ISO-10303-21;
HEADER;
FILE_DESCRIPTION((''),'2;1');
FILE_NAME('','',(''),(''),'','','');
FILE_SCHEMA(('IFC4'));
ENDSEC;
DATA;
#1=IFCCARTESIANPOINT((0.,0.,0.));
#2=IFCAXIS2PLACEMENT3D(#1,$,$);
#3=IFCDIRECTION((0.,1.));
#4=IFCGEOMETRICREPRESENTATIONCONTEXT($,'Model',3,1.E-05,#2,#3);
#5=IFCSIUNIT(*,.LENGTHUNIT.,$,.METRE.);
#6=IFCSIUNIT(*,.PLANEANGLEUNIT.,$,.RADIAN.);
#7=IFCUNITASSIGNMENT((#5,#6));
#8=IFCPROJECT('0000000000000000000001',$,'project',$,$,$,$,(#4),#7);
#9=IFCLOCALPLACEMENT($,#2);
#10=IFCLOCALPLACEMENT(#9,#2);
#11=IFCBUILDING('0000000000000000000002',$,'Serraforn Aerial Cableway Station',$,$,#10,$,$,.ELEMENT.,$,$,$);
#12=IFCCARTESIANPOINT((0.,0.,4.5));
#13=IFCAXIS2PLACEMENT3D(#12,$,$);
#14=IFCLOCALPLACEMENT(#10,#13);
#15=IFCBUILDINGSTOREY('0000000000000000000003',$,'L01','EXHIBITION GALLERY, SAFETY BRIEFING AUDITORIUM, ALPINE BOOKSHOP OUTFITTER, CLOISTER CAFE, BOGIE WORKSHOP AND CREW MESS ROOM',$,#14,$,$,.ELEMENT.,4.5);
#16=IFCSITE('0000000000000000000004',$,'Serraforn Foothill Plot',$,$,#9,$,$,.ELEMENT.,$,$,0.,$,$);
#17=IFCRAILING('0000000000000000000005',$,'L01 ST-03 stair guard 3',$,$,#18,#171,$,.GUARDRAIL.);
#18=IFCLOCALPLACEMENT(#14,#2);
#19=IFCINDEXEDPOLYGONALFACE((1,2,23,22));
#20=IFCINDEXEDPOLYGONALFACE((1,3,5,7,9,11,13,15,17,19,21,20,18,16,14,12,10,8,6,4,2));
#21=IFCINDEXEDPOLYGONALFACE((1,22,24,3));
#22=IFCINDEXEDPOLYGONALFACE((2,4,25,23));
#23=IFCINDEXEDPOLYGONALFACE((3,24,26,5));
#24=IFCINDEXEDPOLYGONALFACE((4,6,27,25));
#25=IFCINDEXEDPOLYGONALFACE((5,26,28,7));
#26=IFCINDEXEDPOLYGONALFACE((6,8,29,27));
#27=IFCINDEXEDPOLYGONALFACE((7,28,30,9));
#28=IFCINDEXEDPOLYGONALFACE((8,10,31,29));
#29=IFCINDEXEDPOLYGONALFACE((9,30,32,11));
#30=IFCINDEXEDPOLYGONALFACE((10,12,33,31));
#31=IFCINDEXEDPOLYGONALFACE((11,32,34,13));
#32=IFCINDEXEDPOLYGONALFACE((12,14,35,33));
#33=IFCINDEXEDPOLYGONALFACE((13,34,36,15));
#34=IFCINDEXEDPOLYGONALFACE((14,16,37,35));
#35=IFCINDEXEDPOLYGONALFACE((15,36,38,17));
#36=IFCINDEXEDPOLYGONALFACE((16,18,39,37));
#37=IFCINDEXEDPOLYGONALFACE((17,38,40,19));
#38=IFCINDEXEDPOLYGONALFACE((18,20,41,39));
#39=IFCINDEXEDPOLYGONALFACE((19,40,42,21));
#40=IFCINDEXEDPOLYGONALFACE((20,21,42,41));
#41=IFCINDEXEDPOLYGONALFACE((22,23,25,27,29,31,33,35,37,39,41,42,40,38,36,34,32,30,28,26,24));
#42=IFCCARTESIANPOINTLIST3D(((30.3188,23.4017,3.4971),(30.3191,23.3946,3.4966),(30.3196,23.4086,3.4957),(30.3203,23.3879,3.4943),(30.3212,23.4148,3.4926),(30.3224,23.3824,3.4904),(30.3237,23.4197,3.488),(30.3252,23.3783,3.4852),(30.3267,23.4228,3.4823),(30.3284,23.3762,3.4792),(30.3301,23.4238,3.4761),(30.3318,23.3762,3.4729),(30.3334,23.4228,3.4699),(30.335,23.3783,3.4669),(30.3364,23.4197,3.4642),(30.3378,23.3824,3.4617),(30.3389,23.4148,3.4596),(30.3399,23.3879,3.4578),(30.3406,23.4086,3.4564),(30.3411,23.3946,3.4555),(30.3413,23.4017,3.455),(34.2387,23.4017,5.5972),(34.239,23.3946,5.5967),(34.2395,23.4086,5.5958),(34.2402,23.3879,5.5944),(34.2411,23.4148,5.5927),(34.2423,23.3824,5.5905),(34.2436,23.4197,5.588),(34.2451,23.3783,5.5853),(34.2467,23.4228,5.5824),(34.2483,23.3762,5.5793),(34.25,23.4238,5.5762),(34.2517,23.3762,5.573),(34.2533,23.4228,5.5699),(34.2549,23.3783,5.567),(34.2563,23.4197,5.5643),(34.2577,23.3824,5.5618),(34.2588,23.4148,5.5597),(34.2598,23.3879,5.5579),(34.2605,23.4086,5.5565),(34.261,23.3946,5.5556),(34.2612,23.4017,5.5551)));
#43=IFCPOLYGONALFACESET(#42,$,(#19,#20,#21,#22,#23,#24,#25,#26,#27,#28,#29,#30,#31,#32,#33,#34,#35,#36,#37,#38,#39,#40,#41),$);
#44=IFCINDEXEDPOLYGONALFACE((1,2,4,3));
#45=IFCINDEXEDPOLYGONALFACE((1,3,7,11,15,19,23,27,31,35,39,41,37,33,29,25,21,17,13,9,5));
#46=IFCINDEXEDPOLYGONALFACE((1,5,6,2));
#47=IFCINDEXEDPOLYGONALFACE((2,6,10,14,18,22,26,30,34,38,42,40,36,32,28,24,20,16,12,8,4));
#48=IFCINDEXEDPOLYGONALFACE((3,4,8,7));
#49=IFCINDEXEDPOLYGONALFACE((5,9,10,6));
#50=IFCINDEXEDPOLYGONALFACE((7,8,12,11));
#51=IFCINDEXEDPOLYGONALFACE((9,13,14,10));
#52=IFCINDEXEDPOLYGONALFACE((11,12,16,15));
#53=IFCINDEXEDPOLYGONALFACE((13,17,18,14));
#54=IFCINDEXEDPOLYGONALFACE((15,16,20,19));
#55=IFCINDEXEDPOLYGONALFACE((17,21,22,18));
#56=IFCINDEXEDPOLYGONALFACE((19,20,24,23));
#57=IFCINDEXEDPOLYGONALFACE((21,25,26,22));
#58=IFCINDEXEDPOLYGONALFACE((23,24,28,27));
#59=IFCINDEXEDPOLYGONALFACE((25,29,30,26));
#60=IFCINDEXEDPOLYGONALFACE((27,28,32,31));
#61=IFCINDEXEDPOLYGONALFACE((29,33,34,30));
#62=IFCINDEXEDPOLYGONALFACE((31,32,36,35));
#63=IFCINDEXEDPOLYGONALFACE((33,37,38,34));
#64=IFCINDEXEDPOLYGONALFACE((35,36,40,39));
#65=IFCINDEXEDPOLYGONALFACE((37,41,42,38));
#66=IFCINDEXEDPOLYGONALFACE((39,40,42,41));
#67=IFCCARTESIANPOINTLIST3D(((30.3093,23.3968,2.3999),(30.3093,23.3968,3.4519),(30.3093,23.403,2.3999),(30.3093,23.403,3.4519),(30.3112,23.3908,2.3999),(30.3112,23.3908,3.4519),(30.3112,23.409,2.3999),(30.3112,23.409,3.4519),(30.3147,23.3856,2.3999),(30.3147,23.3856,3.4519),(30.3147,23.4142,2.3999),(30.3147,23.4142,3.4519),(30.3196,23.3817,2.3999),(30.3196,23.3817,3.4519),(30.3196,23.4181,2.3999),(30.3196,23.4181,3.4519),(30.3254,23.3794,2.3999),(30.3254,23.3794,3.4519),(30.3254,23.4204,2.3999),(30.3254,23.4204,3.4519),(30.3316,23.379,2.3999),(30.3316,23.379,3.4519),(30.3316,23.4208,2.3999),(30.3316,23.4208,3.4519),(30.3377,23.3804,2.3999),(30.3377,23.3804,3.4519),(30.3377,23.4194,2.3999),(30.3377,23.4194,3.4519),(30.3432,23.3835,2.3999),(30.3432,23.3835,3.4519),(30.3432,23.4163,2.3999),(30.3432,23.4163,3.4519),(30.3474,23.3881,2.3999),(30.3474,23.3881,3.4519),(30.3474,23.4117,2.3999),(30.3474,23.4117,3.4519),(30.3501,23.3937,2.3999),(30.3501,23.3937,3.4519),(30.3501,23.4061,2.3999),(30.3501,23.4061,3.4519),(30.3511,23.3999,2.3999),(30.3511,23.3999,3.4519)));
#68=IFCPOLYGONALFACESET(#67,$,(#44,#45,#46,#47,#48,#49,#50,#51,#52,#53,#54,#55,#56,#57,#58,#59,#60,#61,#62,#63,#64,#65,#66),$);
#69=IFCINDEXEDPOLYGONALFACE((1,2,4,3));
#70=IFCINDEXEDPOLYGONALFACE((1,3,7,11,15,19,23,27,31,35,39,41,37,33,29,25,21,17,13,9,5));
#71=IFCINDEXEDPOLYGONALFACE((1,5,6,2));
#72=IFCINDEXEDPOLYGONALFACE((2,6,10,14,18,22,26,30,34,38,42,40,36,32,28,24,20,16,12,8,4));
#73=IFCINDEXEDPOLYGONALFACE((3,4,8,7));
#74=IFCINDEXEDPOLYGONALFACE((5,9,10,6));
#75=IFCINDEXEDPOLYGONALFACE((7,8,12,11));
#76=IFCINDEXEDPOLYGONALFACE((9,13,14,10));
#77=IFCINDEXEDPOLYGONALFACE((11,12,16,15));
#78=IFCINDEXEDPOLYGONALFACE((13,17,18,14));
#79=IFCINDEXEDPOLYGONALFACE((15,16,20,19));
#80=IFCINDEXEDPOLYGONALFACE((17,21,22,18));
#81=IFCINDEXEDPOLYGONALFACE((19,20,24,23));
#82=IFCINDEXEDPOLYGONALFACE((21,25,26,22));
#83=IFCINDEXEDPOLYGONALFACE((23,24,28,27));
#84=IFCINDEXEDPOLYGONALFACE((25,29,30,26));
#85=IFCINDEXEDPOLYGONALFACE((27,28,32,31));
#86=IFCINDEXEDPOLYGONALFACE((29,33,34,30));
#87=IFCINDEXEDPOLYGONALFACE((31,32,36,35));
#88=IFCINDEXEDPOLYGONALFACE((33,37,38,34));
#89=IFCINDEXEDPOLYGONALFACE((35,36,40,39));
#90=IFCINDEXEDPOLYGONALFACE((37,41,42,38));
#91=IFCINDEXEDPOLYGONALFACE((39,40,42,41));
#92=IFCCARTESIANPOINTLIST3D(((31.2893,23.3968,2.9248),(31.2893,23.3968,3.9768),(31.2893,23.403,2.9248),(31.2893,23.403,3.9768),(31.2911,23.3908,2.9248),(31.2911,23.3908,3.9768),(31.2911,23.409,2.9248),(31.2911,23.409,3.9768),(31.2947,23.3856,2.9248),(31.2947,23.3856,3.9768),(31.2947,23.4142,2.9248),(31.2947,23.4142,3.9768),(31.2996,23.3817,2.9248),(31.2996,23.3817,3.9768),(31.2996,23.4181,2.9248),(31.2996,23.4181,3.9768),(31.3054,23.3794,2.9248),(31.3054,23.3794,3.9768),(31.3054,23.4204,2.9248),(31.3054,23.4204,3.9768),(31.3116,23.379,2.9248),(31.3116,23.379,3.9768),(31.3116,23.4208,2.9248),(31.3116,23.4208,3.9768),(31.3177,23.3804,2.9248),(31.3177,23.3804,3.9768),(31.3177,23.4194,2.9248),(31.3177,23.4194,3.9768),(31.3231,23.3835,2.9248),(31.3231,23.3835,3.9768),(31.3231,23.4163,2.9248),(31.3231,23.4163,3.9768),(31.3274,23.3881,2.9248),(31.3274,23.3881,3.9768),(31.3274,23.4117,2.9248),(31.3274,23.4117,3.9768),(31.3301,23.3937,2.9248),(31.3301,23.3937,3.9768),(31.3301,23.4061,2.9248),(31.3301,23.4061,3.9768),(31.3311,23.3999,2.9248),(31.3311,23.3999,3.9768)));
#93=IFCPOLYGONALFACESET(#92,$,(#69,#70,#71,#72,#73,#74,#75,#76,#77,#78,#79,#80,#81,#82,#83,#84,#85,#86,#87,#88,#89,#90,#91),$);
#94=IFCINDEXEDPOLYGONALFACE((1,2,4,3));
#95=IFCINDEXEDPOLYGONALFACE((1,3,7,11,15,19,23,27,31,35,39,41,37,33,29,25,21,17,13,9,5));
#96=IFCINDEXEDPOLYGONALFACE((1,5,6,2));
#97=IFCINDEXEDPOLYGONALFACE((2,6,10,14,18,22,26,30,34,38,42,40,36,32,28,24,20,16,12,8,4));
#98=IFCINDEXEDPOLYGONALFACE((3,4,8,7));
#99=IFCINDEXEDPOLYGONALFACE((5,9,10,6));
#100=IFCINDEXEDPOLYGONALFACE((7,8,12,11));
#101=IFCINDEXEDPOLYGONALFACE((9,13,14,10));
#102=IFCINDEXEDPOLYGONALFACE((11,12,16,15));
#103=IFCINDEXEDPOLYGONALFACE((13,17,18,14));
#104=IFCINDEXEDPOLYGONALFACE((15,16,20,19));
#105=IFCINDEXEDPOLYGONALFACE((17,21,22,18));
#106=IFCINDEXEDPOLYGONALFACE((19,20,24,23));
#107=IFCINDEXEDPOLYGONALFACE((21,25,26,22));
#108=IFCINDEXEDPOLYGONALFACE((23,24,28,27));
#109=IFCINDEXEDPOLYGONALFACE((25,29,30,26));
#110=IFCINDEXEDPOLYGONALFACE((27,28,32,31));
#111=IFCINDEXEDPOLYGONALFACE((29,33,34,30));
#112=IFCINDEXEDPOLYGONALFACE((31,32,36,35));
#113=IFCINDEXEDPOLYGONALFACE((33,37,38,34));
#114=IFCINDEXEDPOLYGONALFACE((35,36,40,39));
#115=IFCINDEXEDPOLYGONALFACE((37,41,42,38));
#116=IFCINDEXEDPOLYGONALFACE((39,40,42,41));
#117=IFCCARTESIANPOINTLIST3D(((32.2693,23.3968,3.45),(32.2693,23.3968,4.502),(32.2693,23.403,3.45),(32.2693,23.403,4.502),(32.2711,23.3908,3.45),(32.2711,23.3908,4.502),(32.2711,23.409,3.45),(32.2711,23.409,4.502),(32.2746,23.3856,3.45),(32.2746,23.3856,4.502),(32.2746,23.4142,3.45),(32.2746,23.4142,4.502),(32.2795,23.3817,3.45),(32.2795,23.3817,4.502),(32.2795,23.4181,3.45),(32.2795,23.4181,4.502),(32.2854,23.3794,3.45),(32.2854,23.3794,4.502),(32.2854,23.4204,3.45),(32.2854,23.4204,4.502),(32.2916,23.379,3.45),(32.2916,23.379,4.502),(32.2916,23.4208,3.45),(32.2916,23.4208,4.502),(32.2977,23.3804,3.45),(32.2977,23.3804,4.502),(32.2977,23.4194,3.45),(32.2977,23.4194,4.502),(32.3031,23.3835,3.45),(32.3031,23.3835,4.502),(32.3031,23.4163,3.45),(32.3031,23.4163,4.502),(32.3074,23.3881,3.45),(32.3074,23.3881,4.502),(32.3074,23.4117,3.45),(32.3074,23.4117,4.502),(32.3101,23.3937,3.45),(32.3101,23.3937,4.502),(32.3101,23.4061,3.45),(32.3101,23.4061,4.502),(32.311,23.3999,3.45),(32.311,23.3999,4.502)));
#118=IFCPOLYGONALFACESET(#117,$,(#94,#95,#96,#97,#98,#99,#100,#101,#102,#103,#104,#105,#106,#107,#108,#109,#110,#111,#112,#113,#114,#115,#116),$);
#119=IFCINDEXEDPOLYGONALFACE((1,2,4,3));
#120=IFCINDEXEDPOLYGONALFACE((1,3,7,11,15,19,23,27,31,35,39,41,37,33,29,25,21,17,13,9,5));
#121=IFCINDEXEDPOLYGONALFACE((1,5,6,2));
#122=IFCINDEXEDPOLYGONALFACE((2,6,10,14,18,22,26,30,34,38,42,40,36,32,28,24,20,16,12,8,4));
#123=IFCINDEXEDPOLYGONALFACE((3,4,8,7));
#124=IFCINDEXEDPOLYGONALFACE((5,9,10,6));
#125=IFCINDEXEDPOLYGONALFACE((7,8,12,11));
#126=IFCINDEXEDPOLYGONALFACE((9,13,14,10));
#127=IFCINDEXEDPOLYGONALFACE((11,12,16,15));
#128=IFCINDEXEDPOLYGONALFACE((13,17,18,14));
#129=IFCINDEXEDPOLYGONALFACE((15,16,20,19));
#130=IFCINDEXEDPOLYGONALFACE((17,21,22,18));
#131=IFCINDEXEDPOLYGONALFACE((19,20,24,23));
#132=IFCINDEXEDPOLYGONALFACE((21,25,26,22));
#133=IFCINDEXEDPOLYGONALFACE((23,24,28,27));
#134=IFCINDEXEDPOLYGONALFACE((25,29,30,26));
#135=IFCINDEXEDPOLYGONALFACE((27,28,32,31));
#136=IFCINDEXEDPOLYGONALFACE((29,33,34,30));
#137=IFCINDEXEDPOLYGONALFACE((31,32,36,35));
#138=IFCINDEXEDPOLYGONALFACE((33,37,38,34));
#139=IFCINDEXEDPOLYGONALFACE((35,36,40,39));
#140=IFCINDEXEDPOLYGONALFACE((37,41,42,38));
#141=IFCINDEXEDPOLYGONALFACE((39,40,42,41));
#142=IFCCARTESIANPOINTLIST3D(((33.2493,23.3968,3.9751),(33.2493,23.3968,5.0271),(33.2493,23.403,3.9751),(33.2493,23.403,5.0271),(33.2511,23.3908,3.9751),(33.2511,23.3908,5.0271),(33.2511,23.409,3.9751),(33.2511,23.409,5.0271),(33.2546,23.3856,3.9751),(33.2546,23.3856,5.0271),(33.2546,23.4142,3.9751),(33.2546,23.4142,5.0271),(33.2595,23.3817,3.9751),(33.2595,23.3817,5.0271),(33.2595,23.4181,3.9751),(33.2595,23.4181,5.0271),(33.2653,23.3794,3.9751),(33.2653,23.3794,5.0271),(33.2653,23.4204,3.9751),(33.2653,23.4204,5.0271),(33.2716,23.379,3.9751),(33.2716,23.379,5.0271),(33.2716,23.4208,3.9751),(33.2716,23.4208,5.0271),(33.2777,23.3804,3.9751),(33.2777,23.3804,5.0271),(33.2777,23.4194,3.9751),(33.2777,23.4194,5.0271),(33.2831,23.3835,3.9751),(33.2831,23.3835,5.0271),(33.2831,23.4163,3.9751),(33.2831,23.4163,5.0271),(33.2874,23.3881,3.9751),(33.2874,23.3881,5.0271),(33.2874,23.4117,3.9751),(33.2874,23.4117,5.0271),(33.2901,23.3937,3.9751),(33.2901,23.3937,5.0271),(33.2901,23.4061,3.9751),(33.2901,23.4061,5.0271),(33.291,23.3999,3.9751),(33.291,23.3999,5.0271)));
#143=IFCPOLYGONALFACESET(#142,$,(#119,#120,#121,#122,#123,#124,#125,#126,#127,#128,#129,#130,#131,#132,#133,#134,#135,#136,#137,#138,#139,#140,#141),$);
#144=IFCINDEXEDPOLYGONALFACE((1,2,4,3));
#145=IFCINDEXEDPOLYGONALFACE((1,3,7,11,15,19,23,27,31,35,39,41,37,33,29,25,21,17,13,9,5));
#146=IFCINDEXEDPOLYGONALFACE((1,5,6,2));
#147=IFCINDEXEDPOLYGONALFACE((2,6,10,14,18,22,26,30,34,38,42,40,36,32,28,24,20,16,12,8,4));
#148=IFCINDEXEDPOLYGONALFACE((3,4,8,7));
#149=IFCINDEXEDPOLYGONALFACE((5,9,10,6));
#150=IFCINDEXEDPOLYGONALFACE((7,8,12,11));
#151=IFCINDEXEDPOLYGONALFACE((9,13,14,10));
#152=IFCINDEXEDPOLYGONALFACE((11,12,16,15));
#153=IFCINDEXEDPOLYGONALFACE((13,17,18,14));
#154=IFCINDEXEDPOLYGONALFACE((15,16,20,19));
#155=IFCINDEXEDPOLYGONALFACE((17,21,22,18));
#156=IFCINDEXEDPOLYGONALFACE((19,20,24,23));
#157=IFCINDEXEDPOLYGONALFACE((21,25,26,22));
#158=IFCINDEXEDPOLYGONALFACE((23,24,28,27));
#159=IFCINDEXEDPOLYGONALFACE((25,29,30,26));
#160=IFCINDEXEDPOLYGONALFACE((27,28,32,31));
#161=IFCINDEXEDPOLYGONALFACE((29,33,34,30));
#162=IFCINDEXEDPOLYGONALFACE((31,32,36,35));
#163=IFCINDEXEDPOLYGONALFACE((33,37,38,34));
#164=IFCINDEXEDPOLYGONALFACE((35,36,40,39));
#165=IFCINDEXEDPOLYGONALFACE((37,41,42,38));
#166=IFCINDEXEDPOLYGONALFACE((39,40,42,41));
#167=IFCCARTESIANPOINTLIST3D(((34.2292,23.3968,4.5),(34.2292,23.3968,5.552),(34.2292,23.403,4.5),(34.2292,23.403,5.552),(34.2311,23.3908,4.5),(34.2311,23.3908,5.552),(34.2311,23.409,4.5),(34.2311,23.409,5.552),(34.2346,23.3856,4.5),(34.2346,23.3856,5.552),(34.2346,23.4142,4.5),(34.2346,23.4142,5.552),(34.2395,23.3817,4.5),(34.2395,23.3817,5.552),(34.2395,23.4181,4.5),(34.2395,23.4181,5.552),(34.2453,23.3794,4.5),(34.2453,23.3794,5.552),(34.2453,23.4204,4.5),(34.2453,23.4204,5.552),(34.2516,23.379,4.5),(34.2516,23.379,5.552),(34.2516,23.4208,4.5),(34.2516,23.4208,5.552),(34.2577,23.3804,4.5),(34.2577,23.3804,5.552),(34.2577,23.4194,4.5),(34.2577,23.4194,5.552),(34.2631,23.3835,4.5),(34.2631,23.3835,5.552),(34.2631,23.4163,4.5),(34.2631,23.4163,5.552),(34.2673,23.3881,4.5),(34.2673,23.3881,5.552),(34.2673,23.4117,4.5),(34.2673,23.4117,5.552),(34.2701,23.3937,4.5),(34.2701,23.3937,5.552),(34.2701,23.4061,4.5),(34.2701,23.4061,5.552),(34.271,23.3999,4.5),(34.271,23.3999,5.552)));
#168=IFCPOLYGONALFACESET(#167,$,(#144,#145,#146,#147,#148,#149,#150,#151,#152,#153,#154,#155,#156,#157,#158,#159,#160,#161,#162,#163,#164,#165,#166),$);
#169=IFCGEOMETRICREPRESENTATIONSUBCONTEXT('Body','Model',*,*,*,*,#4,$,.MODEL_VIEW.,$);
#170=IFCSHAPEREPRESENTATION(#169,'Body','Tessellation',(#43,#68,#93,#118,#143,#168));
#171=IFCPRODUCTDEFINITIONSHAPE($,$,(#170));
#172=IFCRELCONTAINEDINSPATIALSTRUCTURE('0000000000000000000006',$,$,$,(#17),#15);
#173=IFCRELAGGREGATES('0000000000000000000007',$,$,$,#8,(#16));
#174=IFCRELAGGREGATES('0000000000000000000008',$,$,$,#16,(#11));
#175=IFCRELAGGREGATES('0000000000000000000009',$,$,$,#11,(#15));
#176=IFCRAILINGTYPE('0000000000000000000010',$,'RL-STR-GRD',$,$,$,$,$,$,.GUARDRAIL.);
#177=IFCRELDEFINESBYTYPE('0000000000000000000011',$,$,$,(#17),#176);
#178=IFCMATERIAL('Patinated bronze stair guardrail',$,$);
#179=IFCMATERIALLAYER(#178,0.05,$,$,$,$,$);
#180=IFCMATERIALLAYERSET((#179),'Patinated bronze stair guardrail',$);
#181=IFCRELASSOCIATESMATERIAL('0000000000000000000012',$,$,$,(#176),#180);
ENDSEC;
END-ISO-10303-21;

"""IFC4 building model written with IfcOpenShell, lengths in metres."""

from ifc_helpers import new_model, si_unit, direction, frame, origin, origin_2d, place, context, subcontext, project, spatial, circle, extrude, material, layer, layer_set, type_object, element, save


model = new_model("IFC4")

# Units and contexts
model_context = context("Model", 3, precision=1e-05, world=origin(), true_north=direction((0.0, 1.0)))
body_context = subcontext(model_context, "Body", "Model", "MODEL_VIEW")
ifc_project = project(units=[si_unit("LENGTHUNIT", "METRE"), si_unit("PLANEANGLEUNIT", "RADIAN")], contexts=[model_context])

# Site, building, storey
site_placement = place(None, origin())
site = spatial("IfcSite", under=ifc_project, at=site_placement, Name="Serraforn Foothill Plot", CompositionType="ELEMENT", RefElevation=0.0)
building_placement = place(site_placement, origin())
building = spatial("IfcBuilding", under=site, at=building_placement, Name="Serraforn Aerial Cableway Station", CompositionType="ELEMENT")
storey_placement = place(building_placement, frame((0.0, 0.0, 4.5)))
storey = spatial("IfcBuildingStorey", under=building, at=storey_placement, Name="L01", Description="EXHIBITION GALLERY, SAFETY BRIEFING AUDITORIUM, ALPINE BOOKSHOP OUTFITTER, CLOISTER CAFE, BOGIE WORKSHOP AND CREW MESS ROOM", CompositionType="ELEMENT", Elevation=4.5)

# Railing
ifc_material_1 = material(Name="Patinated bronze stair guardrail")
ifc_layer_1 = layer(ifc_material_1, 0.05)
ifc_layer_set_1 = layer_set([ifc_layer_1], Name="Patinated bronze stair guardrail")
railing_type_1 = type_object("IfcRailingType", Name="RL-STR-GRD", PredefinedType="GUARDRAIL", material=ifc_layer_set_1)
railing_1_placement = place(storey_placement, frame((30.3301, 23.3999, 2.3999)))
element("IfcRailing", 1, at=railing_1_placement, inside=storey, type_object=railing_type_1, Name="L01 ST-03 stair guard 3", PredefinedType="GUARDRAIL", context=body_context, shape_type="SweptSolid", body=[
    extrude(circle(Radius=0.0239, at=origin_2d()), frame((0.0, 0.0, 1.0762), z_axis=(0.881467, 0.0, 0.472246), x_axis=(0.0, 1.0, 0.0)), (0.0, 0.0, 1.0), 4.447),
    extrude(circle(Radius=0.021, at=origin_2d()), origin(), (0.0, 0.0, 1.0), 1.052),
    extrude(circle(Radius=0.021, at=origin_2d()), frame((0.98, 0.0, 0.5249)), (0.0, 0.0, 1.0), 1.052),
    extrude(circle(Radius=0.021, at=origin_2d()), frame((1.96, 0.0, 1.05)), (0.0, 0.0, 1.0), 1.052),
    extrude(circle(Radius=0.021, at=origin_2d()), frame((2.9399, 0.0, 1.5752)), (0.0, 0.0, 1.0), 1.052),
    extrude(circle(Radius=0.021, at=origin_2d()), frame((3.9199, 0.0, 2.1001)), (0.0, 0.0, 1.0), 1.052),
])

save(model, "model.ifc")
